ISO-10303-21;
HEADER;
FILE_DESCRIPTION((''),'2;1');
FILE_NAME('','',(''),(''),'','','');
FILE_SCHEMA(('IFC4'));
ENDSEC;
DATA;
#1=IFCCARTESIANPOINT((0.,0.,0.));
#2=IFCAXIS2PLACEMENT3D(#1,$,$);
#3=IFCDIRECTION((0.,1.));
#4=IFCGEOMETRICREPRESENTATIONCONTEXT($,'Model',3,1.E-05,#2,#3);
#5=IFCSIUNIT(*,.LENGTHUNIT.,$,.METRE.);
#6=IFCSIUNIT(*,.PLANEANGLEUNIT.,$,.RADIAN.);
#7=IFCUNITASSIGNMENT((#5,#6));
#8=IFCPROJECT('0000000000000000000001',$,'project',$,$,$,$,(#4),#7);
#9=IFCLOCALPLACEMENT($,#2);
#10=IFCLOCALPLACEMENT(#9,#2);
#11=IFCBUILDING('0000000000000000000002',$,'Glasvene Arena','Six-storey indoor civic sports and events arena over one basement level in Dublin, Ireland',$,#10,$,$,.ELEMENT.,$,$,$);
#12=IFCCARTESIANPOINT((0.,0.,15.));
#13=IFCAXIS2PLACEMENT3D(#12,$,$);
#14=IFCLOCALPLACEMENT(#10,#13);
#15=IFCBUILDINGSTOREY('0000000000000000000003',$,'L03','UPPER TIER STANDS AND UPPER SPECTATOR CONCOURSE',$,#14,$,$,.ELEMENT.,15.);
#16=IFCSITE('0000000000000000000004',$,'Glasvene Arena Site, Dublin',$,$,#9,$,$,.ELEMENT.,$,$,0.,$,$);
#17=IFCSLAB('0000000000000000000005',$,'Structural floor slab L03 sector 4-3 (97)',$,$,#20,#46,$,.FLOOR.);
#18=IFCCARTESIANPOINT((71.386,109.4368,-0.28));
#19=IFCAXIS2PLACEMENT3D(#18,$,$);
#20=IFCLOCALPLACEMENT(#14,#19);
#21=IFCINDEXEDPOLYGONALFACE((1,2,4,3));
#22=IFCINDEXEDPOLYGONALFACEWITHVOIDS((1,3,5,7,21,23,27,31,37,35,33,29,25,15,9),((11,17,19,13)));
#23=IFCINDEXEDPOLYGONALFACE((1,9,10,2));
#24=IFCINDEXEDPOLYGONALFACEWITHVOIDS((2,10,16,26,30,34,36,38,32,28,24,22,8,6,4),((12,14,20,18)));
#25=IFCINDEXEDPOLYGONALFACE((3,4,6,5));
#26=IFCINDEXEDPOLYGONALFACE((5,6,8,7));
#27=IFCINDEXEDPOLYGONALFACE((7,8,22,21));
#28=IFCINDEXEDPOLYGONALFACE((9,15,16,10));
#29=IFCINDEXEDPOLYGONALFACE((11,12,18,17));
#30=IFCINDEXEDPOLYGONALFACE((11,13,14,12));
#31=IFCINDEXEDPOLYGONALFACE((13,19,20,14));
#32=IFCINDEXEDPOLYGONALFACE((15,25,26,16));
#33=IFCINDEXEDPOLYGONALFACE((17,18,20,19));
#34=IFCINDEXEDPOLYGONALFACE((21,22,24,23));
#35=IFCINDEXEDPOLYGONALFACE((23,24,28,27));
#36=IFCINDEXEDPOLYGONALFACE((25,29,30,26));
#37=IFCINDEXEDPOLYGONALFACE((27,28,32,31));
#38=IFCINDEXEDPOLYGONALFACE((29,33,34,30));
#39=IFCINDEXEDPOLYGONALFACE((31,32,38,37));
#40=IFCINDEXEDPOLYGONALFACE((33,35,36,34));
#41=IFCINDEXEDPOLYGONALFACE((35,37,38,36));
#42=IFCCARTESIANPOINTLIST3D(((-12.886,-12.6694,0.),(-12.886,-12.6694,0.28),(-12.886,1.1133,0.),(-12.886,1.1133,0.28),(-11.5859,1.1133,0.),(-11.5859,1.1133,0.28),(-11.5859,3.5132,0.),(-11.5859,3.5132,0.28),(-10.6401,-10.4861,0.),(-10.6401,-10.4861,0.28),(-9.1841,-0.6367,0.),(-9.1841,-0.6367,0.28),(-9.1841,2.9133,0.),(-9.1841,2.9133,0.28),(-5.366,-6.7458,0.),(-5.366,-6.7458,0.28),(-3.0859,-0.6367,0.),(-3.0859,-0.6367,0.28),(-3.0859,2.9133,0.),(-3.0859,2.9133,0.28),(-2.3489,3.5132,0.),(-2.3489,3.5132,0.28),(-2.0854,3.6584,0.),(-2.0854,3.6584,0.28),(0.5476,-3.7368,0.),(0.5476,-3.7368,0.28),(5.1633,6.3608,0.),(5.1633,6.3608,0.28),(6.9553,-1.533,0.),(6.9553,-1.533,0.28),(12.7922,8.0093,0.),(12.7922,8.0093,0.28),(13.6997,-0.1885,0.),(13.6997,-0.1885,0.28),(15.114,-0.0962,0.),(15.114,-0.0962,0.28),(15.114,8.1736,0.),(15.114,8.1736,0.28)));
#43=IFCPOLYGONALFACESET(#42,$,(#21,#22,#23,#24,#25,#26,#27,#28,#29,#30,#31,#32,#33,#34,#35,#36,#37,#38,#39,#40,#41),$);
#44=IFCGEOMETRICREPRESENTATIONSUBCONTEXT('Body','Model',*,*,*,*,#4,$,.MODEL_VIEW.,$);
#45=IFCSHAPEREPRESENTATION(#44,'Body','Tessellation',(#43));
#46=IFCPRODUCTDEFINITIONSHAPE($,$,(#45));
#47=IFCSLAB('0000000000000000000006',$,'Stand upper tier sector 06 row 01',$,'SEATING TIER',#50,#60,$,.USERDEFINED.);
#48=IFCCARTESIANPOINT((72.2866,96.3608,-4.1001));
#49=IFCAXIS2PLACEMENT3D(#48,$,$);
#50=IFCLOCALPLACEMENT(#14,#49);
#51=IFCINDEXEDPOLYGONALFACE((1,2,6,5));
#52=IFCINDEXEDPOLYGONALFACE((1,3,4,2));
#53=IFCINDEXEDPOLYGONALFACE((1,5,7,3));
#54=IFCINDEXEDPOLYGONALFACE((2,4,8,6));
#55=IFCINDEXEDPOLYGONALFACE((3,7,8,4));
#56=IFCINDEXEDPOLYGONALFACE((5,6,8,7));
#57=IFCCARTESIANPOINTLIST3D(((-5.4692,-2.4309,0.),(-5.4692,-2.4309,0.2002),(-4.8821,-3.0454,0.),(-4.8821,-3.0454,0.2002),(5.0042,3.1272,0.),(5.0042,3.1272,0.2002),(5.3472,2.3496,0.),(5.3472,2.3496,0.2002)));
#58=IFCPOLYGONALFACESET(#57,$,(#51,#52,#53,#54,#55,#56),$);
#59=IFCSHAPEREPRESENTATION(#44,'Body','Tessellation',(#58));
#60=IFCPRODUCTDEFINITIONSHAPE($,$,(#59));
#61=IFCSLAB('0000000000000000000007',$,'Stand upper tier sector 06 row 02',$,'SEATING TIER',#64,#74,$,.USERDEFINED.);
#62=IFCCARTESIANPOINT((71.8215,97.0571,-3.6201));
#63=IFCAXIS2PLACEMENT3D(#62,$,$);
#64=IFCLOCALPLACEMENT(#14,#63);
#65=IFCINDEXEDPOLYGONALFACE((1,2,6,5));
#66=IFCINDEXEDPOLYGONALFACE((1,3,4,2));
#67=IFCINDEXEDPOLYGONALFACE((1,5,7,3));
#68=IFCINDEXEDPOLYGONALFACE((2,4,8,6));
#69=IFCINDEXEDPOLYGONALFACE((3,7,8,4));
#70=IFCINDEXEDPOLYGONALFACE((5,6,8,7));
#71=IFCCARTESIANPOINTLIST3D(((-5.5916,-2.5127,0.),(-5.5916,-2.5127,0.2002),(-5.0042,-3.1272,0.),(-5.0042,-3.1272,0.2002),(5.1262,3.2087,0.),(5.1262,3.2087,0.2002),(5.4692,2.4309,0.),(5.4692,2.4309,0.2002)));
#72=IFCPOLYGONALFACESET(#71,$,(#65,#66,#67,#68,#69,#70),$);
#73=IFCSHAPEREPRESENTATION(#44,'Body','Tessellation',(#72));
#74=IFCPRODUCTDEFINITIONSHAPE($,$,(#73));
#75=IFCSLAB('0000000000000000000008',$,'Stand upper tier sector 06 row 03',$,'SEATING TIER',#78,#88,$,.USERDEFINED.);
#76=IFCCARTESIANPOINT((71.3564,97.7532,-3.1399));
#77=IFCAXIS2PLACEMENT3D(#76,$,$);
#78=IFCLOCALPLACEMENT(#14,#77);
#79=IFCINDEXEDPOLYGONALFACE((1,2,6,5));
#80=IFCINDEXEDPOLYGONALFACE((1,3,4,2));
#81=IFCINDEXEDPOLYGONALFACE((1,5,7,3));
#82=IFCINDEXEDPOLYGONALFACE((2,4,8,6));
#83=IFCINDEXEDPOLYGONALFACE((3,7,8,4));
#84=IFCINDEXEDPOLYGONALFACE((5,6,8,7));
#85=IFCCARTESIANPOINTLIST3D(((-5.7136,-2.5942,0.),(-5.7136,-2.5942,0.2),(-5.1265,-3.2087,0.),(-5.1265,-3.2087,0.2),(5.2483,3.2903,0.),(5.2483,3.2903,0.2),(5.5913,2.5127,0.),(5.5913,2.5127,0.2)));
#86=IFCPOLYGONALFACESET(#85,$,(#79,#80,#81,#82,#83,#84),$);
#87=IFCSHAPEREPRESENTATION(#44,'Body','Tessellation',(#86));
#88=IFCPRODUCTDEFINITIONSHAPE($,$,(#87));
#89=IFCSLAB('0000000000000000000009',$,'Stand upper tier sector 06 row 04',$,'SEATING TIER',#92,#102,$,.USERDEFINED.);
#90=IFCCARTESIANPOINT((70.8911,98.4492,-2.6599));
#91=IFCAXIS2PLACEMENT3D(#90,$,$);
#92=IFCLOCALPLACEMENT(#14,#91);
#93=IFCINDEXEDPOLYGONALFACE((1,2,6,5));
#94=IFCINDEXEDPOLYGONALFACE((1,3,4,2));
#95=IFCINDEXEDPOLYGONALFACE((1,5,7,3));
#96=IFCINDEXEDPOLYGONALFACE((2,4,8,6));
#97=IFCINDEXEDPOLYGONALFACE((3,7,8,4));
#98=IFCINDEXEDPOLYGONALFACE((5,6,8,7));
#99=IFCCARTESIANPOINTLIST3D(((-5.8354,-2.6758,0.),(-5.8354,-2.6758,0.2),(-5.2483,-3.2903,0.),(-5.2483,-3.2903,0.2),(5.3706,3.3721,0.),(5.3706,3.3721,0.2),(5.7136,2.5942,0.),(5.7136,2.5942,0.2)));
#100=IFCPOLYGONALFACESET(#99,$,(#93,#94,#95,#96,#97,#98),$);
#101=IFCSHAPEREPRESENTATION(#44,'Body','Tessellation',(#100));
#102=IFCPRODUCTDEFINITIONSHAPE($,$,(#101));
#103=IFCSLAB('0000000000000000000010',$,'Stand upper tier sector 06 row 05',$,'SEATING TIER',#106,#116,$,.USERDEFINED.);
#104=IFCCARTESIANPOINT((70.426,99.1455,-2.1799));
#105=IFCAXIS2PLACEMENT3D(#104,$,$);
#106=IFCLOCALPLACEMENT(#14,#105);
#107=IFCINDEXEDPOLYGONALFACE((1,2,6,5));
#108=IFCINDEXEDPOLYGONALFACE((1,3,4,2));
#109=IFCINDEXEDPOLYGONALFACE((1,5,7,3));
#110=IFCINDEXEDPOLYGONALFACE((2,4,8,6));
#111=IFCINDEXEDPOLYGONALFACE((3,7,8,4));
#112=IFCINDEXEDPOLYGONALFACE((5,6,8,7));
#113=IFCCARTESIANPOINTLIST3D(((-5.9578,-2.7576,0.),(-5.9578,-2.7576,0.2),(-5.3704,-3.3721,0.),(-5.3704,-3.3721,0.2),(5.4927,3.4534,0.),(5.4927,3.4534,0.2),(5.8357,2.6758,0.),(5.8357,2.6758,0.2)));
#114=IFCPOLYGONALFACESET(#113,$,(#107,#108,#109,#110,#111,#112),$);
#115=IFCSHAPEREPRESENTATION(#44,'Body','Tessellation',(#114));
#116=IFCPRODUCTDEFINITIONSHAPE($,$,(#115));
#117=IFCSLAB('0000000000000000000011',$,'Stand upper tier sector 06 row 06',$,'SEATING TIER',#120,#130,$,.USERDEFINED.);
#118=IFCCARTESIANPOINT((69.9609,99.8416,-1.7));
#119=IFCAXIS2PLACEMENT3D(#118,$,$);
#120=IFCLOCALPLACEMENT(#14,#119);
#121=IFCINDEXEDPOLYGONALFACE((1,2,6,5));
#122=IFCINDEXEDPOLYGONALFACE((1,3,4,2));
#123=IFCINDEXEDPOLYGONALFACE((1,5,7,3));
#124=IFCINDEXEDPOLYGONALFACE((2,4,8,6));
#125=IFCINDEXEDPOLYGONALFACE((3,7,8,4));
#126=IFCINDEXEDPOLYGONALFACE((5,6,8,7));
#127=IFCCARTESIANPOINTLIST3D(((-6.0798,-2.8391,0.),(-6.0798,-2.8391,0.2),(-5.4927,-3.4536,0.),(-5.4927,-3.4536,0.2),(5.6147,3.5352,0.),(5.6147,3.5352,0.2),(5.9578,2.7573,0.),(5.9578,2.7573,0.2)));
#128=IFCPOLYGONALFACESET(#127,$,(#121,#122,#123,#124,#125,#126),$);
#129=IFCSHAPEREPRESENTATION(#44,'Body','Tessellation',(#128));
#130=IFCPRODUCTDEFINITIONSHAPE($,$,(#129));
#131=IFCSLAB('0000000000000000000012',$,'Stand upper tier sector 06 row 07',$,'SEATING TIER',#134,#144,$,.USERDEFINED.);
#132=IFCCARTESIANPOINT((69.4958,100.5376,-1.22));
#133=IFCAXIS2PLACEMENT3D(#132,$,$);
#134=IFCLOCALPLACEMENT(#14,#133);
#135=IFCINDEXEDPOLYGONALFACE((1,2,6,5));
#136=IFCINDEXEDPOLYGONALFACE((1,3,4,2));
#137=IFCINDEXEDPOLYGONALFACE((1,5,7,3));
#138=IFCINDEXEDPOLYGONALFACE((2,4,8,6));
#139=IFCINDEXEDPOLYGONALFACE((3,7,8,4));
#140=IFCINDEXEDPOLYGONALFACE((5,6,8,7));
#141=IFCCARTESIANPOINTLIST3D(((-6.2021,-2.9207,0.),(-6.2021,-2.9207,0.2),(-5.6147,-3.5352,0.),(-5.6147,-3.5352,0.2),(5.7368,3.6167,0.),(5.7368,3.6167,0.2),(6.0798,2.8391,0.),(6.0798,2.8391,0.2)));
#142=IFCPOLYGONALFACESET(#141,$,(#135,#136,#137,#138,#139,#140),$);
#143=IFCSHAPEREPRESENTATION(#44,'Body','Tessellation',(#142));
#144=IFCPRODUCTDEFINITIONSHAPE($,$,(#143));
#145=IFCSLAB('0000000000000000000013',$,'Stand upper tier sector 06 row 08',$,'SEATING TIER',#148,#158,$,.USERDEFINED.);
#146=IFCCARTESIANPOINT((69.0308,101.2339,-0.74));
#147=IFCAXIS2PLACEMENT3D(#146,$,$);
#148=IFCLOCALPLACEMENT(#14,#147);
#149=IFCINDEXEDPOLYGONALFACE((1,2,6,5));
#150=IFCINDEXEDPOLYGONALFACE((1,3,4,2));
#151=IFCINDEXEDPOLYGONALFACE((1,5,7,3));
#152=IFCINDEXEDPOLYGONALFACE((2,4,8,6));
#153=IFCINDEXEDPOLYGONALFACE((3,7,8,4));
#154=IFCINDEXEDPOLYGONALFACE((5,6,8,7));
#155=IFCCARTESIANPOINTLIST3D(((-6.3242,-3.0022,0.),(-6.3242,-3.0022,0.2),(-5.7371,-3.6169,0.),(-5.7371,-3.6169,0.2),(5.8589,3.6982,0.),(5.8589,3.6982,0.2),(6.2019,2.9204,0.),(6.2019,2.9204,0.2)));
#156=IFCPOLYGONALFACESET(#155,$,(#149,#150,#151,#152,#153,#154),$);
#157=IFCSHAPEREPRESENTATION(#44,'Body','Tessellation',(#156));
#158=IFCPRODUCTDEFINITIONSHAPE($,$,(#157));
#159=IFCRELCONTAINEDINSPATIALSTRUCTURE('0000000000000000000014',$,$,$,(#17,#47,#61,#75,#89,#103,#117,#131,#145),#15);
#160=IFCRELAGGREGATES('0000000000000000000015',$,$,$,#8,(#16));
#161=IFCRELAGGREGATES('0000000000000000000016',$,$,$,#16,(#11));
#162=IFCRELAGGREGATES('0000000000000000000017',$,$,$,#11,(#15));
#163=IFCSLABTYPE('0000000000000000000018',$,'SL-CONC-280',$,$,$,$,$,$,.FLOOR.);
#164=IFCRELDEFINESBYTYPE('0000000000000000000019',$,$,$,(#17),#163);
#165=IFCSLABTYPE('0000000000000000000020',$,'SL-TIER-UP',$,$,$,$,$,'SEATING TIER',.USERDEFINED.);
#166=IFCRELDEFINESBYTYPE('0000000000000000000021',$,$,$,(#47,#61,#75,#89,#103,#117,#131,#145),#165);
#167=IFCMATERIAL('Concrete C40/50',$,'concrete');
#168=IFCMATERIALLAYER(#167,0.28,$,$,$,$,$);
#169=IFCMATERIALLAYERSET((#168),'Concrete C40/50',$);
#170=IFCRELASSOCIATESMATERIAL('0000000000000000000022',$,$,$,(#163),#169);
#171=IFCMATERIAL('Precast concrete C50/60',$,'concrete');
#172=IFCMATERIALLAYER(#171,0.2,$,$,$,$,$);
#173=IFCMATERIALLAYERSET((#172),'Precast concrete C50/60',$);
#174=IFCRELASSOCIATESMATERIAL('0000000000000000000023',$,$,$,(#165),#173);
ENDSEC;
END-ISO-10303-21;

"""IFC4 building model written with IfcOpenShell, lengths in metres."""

from ifc_helpers import new_model, si_unit, direction, frame, origin, place, context, subcontext, project, spatial, polyline, outline, extrude, material, layer, layer_set, type_object, element, save


model = new_model("IFC4")

# Units and contexts
model_context = context("Model", 3, precision=1e-05, world=origin(), true_north=direction((0.0, 1.0)))
body_context = subcontext(model_context, "Body", "Model", "MODEL_VIEW")
ifc_project = project(units=[si_unit("LENGTHUNIT", "METRE"), si_unit("PLANEANGLEUNIT", "RADIAN")], contexts=[model_context])

# Site, building, storey
site_placement = place(None, origin())
site = spatial("IfcSite", under=ifc_project, at=site_placement, Name="Glasvene Arena Site, Dublin", CompositionType="ELEMENT", RefElevation=0.0)
building_placement = place(site_placement, origin())
building = spatial("IfcBuilding", under=site, at=building_placement, Name="Glasvene Arena", Description="Six-storey indoor civic sports and events arena over one basement level in Dublin, Ireland", CompositionType="ELEMENT")
storey_placement = place(building_placement, frame((0.0, 0.0, 15.0)))
storey = spatial("IfcBuildingStorey", under=building, at=storey_placement, Name="L03", Description="UPPER TIER STANDS AND UPPER SPECTATOR CONCOURSE", CompositionType="ELEMENT", Elevation=15.0)

# Shared definitions
ifc_material_1 = material(Name="Precast concrete C50/60", Category="concrete")

# Slabs
ifc_material_2 = material(Name="Concrete C40/50", Category="concrete")
ifc_layer_1 = layer(ifc_material_2, 0.28)
ifc_layer_set_1 = layer_set([ifc_layer_1], Name="Concrete C40/50")
slab_type_1 = type_object("IfcSlabType", Name="SL-CONC-280", PredefinedType="FLOOR", material=ifc_layer_set_1)
slab_1_placement = place(storey_placement, frame((71.386, 109.4368, -0.28)))
element("IfcSlab", 1, at=slab_1_placement, inside=storey, type_object=slab_type_1, Name="Structural floor slab L03 sector 4-3 (97)", PredefinedType="FLOOR", context=body_context, shape_type="SweptSolid", body=[
    extrude(outline(polyline([(-11.5859, 3.5132), (-2.3489, 3.5132), (-2.0854, 3.6584), (5.1633, 6.3608), (12.7922, 8.0093), (15.114, 8.1736), (15.114, -0.0962), (13.6997, -0.1885), (6.9553, -1.533), (0.5476, -3.7368), (-5.366, -6.7458), (-10.6401, -10.4861), (-12.886, -12.6694), (-12.886, 1.1133), (-11.5859, 1.1133), (-11.5859, 3.5132)]), holes=[polyline([(-3.0859, -0.6367), (-3.0859, 2.9133), (-9.1841, 2.9133), (-9.1841, -0.6367), (-3.0859, -0.6367)])]), origin(), (0.0, 0.0, 1.0), 0.28),
])
ifc_layer_2 = layer(ifc_material_1, 0.2)
ifc_layer_set_2 = layer_set([ifc_layer_2], Name="Precast concrete C50/60")
slab_type_2 = type_object("IfcSlabType", Name="SL-TIER-UP", ElementType="SEATING TIER", PredefinedType="USERDEFINED", material=ifc_layer_set_2)
slab_2_placement = place(storey_placement, frame((72.2866, 96.3608, -4.1001)))
element("IfcSlab", 2, at=slab_2_placement, inside=storey, type_object=slab_type_2, Name="Stand upper tier sector 06 row 01", ObjectType="SEATING TIER", PredefinedType="USERDEFINED", context=body_context, shape_type="SweptSolid", body=[
    extrude(outline(polyline([(5.3472, 2.3496), (-4.8821, -3.0454), (-5.4692, -2.4309), (5.0042, 3.1272), (5.3472, 2.3496)])), origin(), (0.0, 0.0, 1.0), 0.2002),
])
slab_3_placement = place(storey_placement, frame((71.8215, 97.0571, -3.6201)))
element("IfcSlab", 3, at=slab_3_placement, inside=storey, type_object=slab_type_2, Name="Stand upper tier sector 06 row 02", ObjectType="SEATING TIER", PredefinedType="USERDEFINED", context=body_context, shape_type="SweptSolid", body=[
    extrude(outline(polyline([(5.4692, 2.4309), (-5.0042, -3.1272), (-5.5916, -2.5127), (5.1262, 3.2087), (5.4692, 2.4309)])), origin(), (0.0, 0.0, 1.0), 0.2002),
])
slab_4_placement = place(storey_placement, frame((71.3564, 97.7532, -3.1399)))
element("IfcSlab", 4, at=slab_4_placement, inside=storey, type_object=slab_type_2, Name="Stand upper tier sector 06 row 03", ObjectType="SEATING TIER", PredefinedType="USERDEFINED", context=body_context, shape_type="SweptSolid", body=[
    extrude(outline(polyline([(5.5913, 2.5127), (-5.1265, -3.2087), (-5.7136, -2.5942), (5.2483, 3.2903), (5.5913, 2.5127)])), origin(), (0.0, 0.0, 1.0), 0.2),
])
slab_5_placement = place(storey_placement, frame((70.8911, 98.4492, -2.6599)))
element("IfcSlab", 5, at=slab_5_placement, inside=storey, type_object=slab_type_2, Name="Stand upper tier sector 06 row 04", ObjectType="SEATING TIER", PredefinedType="USERDEFINED", context=body_context, shape_type="SweptSolid", body=[
    extrude(outline(polyline([(5.7136, 2.5942), (-5.2483, -3.2903), (-5.8354, -2.6758), (5.3706, 3.3721), (5.7136, 2.5942)])), origin(), (0.0, 0.0, 1.0), 0.2),
])
slab_6_placement = place(storey_placement, frame((70.426, 99.1455, -2.1799)))
element("IfcSlab", 6, at=slab_6_placement, inside=storey, type_object=slab_type_2, Name="Stand upper tier sector 06 row 05", ObjectType="SEATING TIER", PredefinedType="USERDEFINED", context=body_context, shape_type="SweptSolid", body=[
    extrude(outline(polyline([(5.8357, 2.6758), (-5.3704, -3.3721), (-5.9578, -2.7576), (5.4927, 3.4534), (5.8357, 2.6758)])), origin(), (0.0, 0.0, 1.0), 0.2),
])
slab_7_placement = place(storey_placement, frame((69.9609, 99.8416, -1.7)))
element("IfcSlab", 7, at=slab_7_placement, inside=storey, type_object=slab_type_2, Name="Stand upper tier sector 06 row 06", ObjectType="SEATING TIER", PredefinedType="USERDEFINED", context=body_context, shape_type="SweptSolid", body=[
    extrude(outline(polyline([(5.9578, 2.7573), (-5.4927, -3.4536), (-6.0798, -2.8391), (5.6147, 3.5352), (5.9578, 2.7573)])), origin(), (0.0, 0.0, 1.0), 0.2),
])
slab_8_placement = place(storey_placement, frame((69.4958, 100.5376, -1.22)))
element("IfcSlab", 8, at=slab_8_placement, inside=storey, type_object=slab_type_2, Name="Stand upper tier sector 06 row 07", ObjectType="SEATING TIER", PredefinedType="USERDEFINED", context=body_context, shape_type="SweptSolid", body=[
    extrude(outline(polyline([(6.0798, 2.8391), (-5.6147, -3.5352), (-6.2021, -2.9207), (5.7368, 3.6167), (6.0798, 2.8391)])), origin(), (0.0, 0.0, 1.0), 0.2),
])
slab_9_placement = place(storey_placement, frame((69.0308, 101.2339, -0.74)))
element("IfcSlab", 9, at=slab_9_placement, inside=storey, type_object=slab_type_2, Name="Stand upper tier sector 06 row 08", ObjectType="SEATING TIER", PredefinedType="USERDEFINED", context=body_context, shape_type="SweptSolid", body=[
    extrude(outline(polyline([(6.2019, 2.9204), (-5.7371, -3.6169), (-6.3242, -3.0022), (5.8589, 3.6982), (6.2019, 2.9204)])), origin(), (0.0, 0.0, 1.0), 0.2),
])

save(model, "model.ifc")
